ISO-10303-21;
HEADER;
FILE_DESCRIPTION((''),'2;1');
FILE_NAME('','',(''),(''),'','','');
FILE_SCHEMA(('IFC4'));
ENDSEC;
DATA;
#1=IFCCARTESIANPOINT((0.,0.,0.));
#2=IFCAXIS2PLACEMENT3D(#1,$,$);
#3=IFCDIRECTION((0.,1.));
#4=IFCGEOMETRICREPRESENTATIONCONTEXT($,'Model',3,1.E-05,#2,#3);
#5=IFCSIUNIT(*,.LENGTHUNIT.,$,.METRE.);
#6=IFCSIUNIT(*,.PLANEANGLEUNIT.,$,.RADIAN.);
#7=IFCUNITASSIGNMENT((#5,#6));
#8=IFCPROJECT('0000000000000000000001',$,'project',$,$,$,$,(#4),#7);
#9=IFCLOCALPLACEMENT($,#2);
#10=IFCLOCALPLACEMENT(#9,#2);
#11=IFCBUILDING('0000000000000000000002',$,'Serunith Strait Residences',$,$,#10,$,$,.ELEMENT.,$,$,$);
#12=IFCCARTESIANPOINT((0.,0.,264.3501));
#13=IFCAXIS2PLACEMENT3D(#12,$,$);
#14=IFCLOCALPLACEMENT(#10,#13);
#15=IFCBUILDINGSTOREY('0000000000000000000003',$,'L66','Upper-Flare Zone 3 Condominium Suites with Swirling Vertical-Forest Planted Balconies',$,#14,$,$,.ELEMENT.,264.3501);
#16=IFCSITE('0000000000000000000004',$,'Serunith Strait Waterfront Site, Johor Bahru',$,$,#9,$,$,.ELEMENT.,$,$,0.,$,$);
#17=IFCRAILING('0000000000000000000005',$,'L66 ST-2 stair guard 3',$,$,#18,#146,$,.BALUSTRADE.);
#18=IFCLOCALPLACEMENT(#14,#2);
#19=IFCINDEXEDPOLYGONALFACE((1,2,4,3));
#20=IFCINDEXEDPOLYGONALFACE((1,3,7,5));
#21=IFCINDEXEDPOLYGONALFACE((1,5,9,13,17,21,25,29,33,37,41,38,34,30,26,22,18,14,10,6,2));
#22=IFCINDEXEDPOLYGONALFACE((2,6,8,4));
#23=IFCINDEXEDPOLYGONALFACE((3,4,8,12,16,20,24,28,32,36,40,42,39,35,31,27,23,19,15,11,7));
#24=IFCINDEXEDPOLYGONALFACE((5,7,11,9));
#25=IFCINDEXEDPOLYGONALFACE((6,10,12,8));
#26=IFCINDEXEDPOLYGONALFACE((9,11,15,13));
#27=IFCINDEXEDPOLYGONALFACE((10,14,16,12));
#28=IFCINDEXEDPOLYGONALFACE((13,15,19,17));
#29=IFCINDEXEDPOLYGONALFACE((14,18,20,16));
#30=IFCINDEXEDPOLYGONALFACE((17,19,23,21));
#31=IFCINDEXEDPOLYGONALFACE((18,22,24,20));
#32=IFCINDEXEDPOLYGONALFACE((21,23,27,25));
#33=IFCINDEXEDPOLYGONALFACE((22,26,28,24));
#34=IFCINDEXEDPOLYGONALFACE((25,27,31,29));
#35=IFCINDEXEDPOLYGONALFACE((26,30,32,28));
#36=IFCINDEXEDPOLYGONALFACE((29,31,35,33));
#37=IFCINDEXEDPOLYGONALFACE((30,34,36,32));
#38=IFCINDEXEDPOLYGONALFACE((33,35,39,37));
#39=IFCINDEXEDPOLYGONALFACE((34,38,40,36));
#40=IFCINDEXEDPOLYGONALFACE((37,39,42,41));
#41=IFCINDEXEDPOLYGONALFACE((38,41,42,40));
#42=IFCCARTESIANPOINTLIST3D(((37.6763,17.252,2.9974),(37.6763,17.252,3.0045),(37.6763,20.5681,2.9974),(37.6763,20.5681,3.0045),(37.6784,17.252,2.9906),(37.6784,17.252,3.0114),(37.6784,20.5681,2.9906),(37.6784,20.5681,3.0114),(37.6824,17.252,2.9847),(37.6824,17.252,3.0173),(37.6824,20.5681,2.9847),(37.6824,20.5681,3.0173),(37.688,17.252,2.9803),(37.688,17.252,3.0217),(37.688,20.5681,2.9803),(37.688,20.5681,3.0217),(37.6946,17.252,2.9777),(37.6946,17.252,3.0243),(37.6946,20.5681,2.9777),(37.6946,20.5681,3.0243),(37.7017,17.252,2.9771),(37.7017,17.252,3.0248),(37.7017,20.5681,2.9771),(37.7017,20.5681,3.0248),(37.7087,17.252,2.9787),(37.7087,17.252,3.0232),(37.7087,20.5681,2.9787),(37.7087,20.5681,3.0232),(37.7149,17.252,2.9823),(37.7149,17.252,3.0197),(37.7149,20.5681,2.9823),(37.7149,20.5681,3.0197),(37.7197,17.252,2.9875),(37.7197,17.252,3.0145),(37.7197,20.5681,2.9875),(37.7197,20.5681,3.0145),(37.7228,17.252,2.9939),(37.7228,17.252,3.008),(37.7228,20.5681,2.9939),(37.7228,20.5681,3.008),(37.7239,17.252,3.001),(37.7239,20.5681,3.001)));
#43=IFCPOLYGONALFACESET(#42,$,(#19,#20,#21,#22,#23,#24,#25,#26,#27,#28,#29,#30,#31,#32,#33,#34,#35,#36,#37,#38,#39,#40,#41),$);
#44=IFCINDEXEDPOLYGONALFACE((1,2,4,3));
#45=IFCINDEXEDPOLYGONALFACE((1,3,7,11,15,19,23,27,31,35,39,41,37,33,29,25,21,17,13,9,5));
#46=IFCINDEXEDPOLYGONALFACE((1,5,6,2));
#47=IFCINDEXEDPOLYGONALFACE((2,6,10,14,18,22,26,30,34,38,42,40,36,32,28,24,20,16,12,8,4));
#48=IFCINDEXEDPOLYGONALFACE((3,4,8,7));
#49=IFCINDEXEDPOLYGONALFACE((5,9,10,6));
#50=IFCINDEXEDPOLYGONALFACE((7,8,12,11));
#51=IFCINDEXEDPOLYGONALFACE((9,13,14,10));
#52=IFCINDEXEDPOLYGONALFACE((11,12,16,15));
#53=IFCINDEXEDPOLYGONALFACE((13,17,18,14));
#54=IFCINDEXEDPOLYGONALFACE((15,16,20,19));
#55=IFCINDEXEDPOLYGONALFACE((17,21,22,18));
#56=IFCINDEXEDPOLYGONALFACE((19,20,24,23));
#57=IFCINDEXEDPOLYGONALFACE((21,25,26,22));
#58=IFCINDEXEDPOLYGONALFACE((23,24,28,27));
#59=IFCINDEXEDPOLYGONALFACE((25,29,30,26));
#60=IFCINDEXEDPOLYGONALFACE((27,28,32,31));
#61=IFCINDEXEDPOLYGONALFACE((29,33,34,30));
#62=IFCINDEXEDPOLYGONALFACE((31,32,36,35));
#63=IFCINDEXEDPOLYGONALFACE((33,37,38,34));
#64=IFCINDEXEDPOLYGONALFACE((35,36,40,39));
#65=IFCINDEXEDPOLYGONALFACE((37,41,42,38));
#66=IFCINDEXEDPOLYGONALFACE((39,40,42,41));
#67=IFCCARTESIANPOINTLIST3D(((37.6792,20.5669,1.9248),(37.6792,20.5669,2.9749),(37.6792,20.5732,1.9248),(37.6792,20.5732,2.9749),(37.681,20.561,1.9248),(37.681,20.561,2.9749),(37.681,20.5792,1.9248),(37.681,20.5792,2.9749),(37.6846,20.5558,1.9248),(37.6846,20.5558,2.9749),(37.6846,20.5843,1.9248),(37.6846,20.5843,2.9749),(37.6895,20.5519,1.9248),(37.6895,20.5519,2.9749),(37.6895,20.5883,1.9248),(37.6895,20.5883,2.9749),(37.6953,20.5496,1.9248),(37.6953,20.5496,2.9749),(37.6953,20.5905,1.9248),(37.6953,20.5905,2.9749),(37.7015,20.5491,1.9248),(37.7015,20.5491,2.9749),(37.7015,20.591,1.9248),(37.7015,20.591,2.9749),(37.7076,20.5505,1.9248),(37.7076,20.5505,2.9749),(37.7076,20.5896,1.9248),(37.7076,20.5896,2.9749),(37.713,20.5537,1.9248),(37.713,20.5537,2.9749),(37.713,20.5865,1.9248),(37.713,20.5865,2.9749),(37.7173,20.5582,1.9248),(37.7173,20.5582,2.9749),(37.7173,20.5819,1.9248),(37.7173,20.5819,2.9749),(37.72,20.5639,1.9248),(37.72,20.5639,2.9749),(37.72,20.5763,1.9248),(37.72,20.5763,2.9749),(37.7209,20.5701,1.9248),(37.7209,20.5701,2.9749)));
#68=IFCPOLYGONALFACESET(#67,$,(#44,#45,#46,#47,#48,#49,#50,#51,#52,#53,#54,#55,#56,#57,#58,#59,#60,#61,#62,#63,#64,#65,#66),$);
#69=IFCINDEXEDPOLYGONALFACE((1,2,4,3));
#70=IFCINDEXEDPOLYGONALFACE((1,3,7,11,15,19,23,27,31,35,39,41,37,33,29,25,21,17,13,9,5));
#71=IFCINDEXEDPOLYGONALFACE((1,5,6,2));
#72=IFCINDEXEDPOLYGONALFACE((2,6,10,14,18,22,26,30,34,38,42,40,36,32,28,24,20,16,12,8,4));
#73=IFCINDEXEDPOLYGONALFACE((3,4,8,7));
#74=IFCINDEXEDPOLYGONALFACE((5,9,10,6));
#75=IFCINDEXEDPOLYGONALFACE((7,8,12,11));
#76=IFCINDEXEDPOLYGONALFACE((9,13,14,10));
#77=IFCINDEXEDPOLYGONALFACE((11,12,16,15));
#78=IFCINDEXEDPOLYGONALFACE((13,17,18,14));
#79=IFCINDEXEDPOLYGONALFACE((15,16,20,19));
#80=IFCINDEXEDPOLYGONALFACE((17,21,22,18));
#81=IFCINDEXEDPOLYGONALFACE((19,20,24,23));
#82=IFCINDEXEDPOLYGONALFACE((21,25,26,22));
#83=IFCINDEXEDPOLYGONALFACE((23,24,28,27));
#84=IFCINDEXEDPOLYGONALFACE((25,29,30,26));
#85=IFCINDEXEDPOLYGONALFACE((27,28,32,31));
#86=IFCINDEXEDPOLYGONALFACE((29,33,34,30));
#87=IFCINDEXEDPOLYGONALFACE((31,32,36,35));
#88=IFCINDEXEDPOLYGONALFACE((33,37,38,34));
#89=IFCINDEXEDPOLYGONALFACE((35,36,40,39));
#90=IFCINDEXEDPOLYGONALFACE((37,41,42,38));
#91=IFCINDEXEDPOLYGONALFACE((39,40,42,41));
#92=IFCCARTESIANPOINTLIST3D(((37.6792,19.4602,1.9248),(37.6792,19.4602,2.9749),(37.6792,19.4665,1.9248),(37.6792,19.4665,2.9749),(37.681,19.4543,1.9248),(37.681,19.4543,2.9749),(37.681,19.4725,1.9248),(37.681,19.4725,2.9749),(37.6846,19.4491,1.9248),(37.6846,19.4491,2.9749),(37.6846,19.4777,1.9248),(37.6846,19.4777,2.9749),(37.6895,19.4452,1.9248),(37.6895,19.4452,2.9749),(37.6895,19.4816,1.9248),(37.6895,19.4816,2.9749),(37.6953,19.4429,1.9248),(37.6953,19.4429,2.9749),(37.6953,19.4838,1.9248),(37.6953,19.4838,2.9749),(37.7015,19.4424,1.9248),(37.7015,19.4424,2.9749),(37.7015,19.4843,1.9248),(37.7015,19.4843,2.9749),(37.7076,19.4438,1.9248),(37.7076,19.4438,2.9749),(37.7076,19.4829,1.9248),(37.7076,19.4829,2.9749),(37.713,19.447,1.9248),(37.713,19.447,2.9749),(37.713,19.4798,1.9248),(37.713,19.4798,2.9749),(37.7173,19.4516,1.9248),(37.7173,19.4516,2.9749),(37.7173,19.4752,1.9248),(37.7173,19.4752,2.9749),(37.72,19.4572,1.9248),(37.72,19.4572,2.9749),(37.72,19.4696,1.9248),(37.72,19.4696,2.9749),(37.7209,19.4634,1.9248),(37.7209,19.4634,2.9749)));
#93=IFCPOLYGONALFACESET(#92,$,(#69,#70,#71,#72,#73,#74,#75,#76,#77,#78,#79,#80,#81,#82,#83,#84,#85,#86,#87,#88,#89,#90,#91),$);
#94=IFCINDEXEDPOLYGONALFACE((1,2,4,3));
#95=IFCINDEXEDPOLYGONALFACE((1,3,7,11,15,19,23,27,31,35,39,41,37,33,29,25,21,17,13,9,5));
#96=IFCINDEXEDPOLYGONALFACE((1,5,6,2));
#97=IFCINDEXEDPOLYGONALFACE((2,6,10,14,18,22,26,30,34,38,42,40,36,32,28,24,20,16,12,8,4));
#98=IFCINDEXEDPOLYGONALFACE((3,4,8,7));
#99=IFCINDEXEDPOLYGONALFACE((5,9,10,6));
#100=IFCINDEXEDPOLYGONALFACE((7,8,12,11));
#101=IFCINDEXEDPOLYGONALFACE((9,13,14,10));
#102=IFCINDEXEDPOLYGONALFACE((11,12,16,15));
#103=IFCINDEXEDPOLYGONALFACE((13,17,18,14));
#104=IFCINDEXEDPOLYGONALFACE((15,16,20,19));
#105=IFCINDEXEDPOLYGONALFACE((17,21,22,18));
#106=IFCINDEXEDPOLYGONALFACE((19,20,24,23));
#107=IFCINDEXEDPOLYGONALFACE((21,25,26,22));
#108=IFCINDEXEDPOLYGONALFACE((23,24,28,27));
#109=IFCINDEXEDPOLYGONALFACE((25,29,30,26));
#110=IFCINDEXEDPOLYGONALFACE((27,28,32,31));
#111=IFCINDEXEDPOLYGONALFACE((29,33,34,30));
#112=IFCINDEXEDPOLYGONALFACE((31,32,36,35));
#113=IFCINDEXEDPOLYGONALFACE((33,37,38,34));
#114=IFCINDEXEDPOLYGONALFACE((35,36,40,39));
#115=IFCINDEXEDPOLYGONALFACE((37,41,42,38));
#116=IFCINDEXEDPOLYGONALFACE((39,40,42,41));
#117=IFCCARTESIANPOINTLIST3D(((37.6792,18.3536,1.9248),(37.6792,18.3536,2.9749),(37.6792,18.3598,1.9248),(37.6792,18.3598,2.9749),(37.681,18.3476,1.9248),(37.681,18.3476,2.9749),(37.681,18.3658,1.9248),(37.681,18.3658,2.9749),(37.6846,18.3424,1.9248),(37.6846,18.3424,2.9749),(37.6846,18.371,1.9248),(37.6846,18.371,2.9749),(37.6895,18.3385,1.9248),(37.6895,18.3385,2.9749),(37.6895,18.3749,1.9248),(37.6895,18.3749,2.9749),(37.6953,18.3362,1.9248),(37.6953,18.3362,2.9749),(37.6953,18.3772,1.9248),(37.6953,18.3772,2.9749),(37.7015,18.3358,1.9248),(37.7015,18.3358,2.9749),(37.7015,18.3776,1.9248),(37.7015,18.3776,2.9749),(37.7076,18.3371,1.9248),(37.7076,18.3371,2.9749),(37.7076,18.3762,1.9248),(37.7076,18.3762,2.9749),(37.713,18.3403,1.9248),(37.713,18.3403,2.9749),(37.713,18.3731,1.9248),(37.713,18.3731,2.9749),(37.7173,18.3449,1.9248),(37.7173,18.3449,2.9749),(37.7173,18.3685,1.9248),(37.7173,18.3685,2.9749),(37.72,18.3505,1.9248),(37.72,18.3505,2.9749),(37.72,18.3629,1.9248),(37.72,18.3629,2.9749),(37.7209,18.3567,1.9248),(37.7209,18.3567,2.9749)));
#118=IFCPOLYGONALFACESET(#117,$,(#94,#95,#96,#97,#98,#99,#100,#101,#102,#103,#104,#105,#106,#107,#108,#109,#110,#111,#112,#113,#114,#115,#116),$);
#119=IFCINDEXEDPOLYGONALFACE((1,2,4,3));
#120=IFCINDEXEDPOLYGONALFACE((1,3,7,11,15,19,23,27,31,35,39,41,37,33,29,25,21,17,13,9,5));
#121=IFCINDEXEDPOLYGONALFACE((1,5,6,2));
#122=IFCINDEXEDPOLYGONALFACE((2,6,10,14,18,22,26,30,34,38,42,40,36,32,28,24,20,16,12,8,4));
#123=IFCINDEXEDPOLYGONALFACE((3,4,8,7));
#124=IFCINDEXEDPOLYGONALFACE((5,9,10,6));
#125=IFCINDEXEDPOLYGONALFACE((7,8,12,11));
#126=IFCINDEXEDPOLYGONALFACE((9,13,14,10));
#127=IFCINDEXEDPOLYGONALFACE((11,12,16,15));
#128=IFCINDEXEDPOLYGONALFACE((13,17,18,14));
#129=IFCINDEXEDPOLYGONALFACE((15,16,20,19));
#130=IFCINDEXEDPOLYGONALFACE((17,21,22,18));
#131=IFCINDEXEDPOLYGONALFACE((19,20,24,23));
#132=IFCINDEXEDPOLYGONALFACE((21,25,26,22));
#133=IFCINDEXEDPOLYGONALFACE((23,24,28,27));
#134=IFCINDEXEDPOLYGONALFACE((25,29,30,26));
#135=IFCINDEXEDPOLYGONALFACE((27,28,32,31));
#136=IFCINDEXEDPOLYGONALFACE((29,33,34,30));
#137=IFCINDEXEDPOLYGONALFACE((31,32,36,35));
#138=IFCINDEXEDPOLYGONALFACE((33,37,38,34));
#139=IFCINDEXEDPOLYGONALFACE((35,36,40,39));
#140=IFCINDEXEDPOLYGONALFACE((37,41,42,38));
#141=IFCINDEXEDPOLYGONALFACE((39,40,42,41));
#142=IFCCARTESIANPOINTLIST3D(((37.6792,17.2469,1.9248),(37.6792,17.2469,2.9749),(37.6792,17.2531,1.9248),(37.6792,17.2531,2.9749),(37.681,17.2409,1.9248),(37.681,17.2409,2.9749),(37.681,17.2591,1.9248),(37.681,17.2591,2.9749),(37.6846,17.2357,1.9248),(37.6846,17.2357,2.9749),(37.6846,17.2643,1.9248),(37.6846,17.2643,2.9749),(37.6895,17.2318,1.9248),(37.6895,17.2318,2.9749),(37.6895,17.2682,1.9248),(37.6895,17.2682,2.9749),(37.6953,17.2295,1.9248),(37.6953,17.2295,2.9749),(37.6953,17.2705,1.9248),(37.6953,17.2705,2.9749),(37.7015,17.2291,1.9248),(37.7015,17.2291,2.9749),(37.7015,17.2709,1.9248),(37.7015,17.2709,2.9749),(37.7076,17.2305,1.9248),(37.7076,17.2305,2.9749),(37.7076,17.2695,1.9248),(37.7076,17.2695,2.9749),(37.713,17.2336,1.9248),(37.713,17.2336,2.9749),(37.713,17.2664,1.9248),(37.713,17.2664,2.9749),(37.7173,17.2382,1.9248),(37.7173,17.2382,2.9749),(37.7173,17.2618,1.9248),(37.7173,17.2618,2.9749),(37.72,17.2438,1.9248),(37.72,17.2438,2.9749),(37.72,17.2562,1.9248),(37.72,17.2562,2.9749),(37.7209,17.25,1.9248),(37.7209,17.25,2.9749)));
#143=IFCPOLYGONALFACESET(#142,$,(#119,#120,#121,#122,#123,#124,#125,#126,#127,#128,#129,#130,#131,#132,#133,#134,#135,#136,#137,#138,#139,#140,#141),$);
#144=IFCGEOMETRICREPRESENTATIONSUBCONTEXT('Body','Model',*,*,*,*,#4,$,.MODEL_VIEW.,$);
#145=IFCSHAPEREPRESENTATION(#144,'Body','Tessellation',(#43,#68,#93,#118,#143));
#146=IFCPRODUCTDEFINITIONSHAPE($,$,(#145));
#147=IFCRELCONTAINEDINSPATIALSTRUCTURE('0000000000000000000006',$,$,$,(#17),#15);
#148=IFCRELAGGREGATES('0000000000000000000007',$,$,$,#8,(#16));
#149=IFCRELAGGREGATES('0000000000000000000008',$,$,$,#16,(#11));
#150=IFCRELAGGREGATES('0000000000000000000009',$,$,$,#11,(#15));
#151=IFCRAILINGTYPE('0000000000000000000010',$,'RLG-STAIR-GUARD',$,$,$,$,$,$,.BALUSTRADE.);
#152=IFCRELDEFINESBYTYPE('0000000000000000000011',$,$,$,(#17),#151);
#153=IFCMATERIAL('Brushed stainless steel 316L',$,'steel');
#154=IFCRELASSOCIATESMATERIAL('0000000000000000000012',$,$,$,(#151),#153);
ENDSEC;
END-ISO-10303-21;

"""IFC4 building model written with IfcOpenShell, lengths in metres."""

from ifc_helpers import new_model, si_unit, direction, frame, origin, origin_2d, place, context, subcontext, project, spatial, circle, extrude, material, type_object, element, save


model = new_model("IFC4")

# Units and contexts
model_context = context("Model", 3, precision=1e-05, world=origin(), true_north=direction((0.0, 1.0)))
body_context = subcontext(model_context, "Body", "Model", "MODEL_VIEW")
ifc_project = project(units=[si_unit("LENGTHUNIT", "METRE"), si_unit("PLANEANGLEUNIT", "RADIAN")], contexts=[model_context])

# Site, building, storey
site_placement = place(None, origin())
site = spatial("IfcSite", under=ifc_project, at=site_placement, Name="Serunith Strait Waterfront Site, Johor Bahru", CompositionType="ELEMENT", RefElevation=0.0)
building_placement = place(site_placement, origin())
building = spatial("IfcBuilding", under=site, at=building_placement, Name="Serunith Strait Residences", CompositionType="ELEMENT")
storey_placement = place(building_placement, frame((0.0, 0.0, 264.3501)))
storey = spatial("IfcBuildingStorey", under=building, at=storey_placement, Name="L66", Description="Upper-Flare Zone 3 Condominium Suites with Swirling Vertical-Forest Planted Balconies", CompositionType="ELEMENT", Elevation=264.3501)

# Railing
ifc_material_1 = material(Name="Brushed stainless steel 316L", Category="steel")
railing_type_1 = type_object("IfcRailingType", Name="RLG-STAIR-GUARD", PredefinedType="BALUSTRADE", material=ifc_material_1)
for number, where, name in (
    (1, (37.7, 20.5701, 1.9248), "L66 ST-2 stair guard 3"),
):
    element("IfcRailing", number, at=place(storey_placement, frame(where)), inside=storey, type_object=railing_type_1, Name=name, PredefinedType="BALUSTRADE", context=body_context, shape_type="SweptSolid", body=[
        extrude(circle(Radius=0.0239, at=origin_2d()), frame((0.0, -0.002, 1.0762), z_axis=(0.0, -1.0, 0.0), x_axis=(1.0, 0.0, 0.0)), (0.0, 0.0, 1.0), 3.3162),
        extrude(circle(Radius=0.021, at=origin_2d()), origin(), (0.0, 0.0, 1.0), 1.05),
        extrude(circle(Radius=0.021, at=origin_2d()), frame((0.0, -1.1067, 0.0)), (0.0, 0.0, 1.0), 1.05),
        extrude(circle(Radius=0.021, at=origin_2d()), frame((0.0, -2.2134, 0.0)), (0.0, 0.0, 1.0), 1.05),
        extrude(circle(Radius=0.021, at=origin_2d()), frame((0.0, -3.3201, 0.0)), (0.0, 0.0, 1.0), 1.05),
    ])

save(model, "model.ifc")
